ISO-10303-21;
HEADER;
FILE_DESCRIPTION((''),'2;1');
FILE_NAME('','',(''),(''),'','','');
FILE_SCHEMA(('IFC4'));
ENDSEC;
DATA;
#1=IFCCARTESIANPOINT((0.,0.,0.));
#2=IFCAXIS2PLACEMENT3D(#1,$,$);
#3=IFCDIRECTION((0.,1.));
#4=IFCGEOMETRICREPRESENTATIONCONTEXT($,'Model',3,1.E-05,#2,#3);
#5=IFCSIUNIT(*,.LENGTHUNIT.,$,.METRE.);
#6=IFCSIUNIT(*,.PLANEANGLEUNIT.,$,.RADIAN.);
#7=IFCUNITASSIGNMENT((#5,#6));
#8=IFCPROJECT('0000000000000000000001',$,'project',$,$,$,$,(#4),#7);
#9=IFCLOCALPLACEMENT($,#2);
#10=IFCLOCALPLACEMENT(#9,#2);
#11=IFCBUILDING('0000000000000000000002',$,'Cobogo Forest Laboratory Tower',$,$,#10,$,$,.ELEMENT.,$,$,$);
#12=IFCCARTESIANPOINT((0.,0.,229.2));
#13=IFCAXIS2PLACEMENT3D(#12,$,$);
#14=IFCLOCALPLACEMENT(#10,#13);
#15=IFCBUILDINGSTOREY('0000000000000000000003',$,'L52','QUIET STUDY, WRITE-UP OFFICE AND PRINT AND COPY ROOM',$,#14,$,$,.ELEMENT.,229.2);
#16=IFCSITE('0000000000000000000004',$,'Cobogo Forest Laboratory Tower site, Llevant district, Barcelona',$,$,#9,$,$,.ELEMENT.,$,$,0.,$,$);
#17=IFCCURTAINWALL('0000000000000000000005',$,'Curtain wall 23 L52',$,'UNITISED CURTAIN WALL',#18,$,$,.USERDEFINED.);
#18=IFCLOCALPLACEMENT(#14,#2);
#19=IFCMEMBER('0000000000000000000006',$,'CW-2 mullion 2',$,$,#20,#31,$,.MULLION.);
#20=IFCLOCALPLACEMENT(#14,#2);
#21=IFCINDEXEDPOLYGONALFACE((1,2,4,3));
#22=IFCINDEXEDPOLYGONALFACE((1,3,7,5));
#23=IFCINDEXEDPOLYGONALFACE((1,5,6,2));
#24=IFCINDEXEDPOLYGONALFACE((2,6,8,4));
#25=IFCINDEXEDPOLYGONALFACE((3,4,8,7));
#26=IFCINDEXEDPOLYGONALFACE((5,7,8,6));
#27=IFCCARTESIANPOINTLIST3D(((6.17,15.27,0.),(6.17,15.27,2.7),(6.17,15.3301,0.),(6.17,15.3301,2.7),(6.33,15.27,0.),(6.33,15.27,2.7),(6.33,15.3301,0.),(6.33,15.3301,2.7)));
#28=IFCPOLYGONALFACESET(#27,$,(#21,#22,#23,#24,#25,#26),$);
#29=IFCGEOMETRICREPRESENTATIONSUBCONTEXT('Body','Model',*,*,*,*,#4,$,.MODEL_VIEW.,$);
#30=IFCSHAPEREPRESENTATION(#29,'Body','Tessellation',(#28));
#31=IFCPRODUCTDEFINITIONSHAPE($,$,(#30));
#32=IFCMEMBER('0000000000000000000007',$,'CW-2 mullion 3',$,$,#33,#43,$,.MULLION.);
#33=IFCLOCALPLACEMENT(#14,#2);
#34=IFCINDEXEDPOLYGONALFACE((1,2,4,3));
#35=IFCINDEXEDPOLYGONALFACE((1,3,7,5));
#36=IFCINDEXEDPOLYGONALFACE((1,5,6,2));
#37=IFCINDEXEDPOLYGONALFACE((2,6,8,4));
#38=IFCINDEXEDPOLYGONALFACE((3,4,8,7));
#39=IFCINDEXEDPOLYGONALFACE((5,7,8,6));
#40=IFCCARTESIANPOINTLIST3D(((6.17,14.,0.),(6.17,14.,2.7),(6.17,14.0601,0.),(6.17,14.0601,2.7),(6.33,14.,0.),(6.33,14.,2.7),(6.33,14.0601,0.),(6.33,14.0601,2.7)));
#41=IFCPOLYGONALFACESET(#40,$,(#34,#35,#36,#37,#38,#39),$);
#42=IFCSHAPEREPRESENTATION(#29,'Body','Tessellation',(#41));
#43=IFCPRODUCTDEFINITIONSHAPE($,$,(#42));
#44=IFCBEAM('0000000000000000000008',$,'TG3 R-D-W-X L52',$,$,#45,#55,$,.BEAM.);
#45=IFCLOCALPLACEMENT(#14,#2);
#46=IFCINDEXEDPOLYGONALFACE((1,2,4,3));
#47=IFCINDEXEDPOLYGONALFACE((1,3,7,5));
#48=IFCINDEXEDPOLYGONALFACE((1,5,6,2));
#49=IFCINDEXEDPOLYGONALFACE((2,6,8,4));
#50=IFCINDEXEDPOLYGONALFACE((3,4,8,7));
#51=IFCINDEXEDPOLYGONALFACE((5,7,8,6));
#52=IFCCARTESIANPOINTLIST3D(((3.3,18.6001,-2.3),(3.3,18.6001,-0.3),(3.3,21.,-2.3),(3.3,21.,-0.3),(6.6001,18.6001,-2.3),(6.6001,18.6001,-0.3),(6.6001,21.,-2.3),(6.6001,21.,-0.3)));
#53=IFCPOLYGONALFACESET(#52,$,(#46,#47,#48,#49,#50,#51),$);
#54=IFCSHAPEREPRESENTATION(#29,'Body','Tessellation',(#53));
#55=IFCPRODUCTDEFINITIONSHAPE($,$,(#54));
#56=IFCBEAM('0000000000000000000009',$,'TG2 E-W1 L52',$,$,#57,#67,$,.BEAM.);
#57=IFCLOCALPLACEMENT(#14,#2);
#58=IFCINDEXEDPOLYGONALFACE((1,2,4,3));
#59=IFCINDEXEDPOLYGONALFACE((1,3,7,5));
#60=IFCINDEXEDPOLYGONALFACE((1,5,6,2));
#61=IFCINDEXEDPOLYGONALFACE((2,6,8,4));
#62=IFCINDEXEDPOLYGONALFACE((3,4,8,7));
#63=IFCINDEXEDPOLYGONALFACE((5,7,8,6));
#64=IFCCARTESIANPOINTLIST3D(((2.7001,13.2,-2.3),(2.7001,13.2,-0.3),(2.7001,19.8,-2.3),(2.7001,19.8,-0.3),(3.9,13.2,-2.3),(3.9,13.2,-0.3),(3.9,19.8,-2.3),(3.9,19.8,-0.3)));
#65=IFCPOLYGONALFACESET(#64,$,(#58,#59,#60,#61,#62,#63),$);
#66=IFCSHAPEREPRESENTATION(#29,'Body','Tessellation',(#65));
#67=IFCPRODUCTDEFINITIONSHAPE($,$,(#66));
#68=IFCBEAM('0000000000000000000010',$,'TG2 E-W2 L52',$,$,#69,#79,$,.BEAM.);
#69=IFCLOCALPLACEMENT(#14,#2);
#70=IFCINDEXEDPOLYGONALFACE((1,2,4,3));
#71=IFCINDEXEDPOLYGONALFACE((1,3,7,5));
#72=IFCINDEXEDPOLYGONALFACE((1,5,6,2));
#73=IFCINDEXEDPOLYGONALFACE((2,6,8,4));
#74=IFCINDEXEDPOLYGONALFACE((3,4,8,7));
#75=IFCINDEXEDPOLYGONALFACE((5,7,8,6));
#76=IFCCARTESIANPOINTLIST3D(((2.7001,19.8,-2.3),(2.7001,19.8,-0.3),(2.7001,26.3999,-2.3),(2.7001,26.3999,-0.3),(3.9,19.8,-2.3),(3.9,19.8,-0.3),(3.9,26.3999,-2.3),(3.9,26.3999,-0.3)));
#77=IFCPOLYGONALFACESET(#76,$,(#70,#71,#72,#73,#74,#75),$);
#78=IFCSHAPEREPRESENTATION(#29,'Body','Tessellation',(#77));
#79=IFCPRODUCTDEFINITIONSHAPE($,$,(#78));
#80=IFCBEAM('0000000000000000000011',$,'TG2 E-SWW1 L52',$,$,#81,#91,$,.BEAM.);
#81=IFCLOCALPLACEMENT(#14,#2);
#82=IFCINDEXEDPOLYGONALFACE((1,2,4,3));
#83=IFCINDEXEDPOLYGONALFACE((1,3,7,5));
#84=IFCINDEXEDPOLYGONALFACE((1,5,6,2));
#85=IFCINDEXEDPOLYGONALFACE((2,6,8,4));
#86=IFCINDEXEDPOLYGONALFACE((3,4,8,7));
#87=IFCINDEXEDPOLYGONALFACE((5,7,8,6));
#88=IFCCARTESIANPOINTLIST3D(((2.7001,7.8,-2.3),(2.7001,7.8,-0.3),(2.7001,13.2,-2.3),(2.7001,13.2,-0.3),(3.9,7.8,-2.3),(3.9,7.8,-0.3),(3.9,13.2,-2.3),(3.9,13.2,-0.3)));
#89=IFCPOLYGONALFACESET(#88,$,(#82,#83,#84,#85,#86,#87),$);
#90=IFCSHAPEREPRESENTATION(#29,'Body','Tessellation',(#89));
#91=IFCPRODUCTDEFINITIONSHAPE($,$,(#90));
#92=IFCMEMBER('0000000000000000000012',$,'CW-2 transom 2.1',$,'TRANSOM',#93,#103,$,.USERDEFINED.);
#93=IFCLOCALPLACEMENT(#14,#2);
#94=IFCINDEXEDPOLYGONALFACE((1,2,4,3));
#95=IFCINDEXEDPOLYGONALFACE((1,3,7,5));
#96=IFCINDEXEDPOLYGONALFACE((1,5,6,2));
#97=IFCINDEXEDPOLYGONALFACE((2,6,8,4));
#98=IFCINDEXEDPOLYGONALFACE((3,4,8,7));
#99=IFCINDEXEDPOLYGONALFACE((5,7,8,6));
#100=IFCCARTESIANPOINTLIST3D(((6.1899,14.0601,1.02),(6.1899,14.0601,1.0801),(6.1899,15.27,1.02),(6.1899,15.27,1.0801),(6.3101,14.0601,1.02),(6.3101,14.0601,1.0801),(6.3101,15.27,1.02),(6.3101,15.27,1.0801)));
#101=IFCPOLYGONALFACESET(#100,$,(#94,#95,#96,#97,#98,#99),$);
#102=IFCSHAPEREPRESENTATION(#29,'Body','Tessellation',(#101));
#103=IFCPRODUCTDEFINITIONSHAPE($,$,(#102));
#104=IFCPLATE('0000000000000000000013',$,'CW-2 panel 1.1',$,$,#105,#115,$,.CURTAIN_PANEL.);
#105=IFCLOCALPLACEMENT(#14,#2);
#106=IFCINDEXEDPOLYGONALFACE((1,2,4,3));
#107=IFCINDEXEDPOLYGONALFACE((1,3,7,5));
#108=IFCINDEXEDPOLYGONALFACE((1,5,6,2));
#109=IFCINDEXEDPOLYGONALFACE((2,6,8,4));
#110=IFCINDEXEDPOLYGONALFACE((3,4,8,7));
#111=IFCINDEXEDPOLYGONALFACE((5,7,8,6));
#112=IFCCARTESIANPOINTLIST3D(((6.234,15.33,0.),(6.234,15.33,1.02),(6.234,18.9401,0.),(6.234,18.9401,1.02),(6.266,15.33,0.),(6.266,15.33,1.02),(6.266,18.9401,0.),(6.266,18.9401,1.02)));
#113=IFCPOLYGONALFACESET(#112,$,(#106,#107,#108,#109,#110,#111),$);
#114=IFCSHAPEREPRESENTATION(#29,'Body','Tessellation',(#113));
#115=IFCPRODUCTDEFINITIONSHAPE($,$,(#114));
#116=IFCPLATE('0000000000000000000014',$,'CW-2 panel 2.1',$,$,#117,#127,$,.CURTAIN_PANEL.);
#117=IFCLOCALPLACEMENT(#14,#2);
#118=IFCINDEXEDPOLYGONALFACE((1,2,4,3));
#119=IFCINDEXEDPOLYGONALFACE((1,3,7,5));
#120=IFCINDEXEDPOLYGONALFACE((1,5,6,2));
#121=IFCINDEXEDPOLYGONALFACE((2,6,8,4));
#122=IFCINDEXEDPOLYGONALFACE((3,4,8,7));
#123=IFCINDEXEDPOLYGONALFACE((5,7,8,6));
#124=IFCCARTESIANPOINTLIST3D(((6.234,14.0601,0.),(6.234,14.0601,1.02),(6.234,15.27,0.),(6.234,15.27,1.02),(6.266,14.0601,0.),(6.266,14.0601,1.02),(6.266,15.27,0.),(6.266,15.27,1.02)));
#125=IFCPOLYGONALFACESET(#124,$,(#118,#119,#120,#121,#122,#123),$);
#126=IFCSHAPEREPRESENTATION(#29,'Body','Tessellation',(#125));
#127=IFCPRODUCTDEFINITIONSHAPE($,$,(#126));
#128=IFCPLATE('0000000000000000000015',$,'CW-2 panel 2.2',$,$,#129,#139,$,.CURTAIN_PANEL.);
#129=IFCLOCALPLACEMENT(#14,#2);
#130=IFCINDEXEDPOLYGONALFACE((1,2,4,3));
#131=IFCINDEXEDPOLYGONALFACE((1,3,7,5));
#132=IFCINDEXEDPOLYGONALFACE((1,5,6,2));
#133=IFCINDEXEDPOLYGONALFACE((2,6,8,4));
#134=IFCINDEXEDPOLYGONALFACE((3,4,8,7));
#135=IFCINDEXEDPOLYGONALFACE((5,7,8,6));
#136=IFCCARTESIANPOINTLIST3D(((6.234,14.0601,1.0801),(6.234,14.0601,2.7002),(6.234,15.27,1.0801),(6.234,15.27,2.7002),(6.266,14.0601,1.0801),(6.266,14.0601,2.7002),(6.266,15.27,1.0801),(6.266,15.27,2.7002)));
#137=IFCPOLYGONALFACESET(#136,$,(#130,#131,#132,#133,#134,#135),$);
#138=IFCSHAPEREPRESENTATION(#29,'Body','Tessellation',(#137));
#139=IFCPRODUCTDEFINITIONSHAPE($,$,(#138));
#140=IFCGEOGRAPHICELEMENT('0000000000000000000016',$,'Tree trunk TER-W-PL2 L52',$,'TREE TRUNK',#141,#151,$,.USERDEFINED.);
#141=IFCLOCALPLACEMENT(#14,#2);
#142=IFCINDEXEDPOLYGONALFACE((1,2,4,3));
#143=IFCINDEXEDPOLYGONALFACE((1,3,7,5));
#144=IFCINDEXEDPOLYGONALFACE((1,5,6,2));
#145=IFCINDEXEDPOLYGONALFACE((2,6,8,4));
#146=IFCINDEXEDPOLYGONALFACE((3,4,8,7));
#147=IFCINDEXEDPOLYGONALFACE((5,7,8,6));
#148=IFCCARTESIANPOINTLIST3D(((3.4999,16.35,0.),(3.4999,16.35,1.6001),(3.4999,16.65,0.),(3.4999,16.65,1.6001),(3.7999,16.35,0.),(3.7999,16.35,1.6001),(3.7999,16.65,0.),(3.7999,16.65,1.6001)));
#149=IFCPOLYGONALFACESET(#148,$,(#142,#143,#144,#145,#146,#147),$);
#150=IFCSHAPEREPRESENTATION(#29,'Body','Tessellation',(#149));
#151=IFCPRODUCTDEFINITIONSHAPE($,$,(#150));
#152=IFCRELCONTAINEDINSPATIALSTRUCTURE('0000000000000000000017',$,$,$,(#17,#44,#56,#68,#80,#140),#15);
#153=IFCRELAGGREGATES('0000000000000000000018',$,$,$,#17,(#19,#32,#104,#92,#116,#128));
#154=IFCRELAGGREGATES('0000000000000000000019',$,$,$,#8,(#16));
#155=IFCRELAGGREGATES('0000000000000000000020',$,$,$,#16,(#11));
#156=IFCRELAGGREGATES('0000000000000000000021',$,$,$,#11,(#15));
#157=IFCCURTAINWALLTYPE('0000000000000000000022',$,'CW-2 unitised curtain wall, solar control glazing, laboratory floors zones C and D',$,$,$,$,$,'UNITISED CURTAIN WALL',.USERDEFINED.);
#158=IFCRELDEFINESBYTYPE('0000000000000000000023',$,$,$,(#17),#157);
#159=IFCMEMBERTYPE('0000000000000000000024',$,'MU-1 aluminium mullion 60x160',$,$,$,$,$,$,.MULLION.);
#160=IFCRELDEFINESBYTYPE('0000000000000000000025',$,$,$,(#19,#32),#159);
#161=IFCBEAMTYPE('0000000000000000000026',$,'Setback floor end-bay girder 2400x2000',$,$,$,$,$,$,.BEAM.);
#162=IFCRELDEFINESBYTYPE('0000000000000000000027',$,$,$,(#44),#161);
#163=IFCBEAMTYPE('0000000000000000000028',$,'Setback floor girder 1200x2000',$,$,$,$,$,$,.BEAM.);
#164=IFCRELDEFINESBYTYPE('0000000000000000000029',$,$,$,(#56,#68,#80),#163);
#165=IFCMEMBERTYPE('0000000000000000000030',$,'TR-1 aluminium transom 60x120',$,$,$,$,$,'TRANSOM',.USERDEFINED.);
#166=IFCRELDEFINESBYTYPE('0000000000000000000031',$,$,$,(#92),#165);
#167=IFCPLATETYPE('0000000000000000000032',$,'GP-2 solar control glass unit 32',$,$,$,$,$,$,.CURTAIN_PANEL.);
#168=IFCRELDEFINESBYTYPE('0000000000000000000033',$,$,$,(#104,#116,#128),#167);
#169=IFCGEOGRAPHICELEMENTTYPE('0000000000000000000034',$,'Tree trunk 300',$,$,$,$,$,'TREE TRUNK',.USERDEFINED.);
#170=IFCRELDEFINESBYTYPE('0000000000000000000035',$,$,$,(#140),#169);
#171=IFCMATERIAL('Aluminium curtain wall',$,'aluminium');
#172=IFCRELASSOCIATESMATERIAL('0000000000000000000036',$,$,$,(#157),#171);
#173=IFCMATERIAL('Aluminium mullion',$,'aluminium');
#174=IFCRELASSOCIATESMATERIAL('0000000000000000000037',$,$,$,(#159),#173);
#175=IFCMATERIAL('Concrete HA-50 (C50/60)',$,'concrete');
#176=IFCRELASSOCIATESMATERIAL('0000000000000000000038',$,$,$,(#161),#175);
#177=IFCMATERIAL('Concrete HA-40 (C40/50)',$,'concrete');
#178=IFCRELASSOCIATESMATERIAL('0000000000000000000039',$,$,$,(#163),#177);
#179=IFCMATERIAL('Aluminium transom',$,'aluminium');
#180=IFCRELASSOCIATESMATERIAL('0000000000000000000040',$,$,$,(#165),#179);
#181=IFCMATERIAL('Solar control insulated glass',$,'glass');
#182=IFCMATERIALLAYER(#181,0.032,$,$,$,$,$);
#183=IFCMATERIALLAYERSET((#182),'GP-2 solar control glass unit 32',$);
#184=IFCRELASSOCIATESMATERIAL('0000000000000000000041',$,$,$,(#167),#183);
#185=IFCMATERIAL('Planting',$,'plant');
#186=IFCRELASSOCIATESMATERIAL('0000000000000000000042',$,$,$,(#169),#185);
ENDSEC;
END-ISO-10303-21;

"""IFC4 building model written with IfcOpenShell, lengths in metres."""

from ifc_helpers import new_model, si_unit, direction, frame, origin, origin_2d, place, context, subcontext, project, spatial, rectangle, extrude, material, layer, layer_set, material_profile, profile_set, type_object, element, aggregate, save


model = new_model("IFC4")

# Units and contexts
model_context = context("Model", 3, precision=1e-05, world=origin(), true_north=direction((0.0, 1.0)))
body_context = subcontext(model_context, "Body", "Model", "MODEL_VIEW")
ifc_project = project(units=[si_unit("LENGTHUNIT", "METRE"), si_unit("PLANEANGLEUNIT", "RADIAN")], contexts=[model_context])

# Site, building, storey
site_placement = place(None, origin())
site = spatial("IfcSite", under=ifc_project, at=site_placement, Name="Cobogo Forest Laboratory Tower site, Llevant district, Barcelona", CompositionType="ELEMENT", RefElevation=0.0)
building_placement = place(site_placement, origin())
building = spatial("IfcBuilding", under=site, at=building_placement, Name="Cobogo Forest Laboratory Tower", CompositionType="ELEMENT")
storey_placement = place(building_placement, frame((0.0, 0.0, 229.2)))
storey = spatial("IfcBuildingStorey", under=building, at=storey_placement, Name="L52", Description="QUIET STUDY, WRITE-UP OFFICE AND PRINT AND COPY ROOM", CompositionType="ELEMENT", Elevation=229.2)

# Curtain wall, members
ifc_material_1 = material(Name="Aluminium curtain wall", Category="aluminium")
curtain_wall_type = type_object("IfcCurtainWallType", Name="CW-2 unitised curtain wall, solar control glazing, laboratory floors zones C and D", ElementType="UNITISED CURTAIN WALL", PredefinedType="USERDEFINED", material=ifc_material_1)
curtain_wall_placement = place(storey_placement, origin())
curtain_wall = element("IfcCurtainWall", 1, at=curtain_wall_placement, inside=storey, type_object=curtain_wall_type, Name="Curtain wall 23 L52", ObjectType="UNITISED CURTAIN WALL", PredefinedType="USERDEFINED")
ifc_material_2 = material(Name="Aluminium mullion", Category="aluminium")
ifc_material_profile_1 = material_profile(ifc_material_2, rectangle(XDim=0.0601, YDim=0.1599, at=origin_2d()), Name="AL 60x160")
ifc_profile_set_1 = profile_set([ifc_material_profile_1], Name="Aluminium mullion")
member_type_1 = type_object("IfcMemberType", Name="MU-1 aluminium mullion 60x160", PredefinedType="MULLION", material=ifc_profile_set_1)
member_1_placement = place(storey_placement, frame((6.25, 15.3, 0.0), z_axis=(0.0, 0.0, 1.0), x_axis=(0.0, -1.0, 0.0)))
member_1 = element("IfcMember", 2, at=member_1_placement, type_object=member_type_1, Name="CW-2 mullion 2", PredefinedType="MULLION", context=body_context, shape_type="SweptSolid", body=[
    extrude(rectangle(XDim=0.0601, YDim=0.1599, at=origin_2d()), origin(), (0.0, 0.0, 1.0), 2.7),
])
member_2_placement = place(storey_placement, frame((6.25, 14.03, 0.0), z_axis=(0.0, 0.0, 1.0), x_axis=(0.0, -1.0, 0.0)))
member_2 = element("IfcMember", 3, at=member_2_placement, type_object=member_type_1, Name="CW-2 mullion 3", PredefinedType="MULLION", context=body_context, shape_type="SweptSolid", body=[
    extrude(rectangle(XDim=0.0601, YDim=0.1599, at=origin_2d()), origin(), (0.0, 0.0, 1.0), 2.7),
])

# Beams
ifc_material_3 = material(Name="Concrete HA-50 (C50/60)", Category="concrete")
ifc_material_profile_2 = material_profile(ifc_material_3, rectangle(XDim=2.3999, YDim=2.0, at=origin_2d()), Name="RC 2400x2000")
ifc_profile_set_2 = profile_set([ifc_material_profile_2], Name="Concrete HA-50 (C50/60)")
beam_type_1 = type_object("IfcBeamType", Name="Setback floor end-bay girder 2400x2000", PredefinedType="BEAM", material=ifc_profile_set_2)
beam_1_placement = place(storey_placement, frame((3.3, 19.8, -1.3), z_axis=(1.0, 0.0, 0.0), x_axis=(0.0, 1.0, 0.0)))
element("IfcBeam", 4, at=beam_1_placement, inside=storey, type_object=beam_type_1, Name="TG3 R-D-W-X L52", PredefinedType="BEAM", context=body_context, shape_type="SweptSolid", body=[
    extrude(rectangle(XDim=2.3999, YDim=2.0, at=origin_2d()), origin(), (0.0, 0.0, 1.0), 3.3),
])
ifc_material_4 = material(Name="Concrete HA-40 (C40/50)", Category="concrete")
ifc_material_profile_3 = material_profile(ifc_material_4, rectangle(XDim=1.2, YDim=2.0, at=origin_2d()), Name="RC 1200x2000")
ifc_profile_set_3 = profile_set([ifc_material_profile_3], Name="Concrete HA-40 (C40/50)")
beam_type_2 = type_object("IfcBeamType", Name="Setback floor girder 1200x2000", PredefinedType="BEAM", material=ifc_profile_set_3)
beam_2_placement = place(storey_placement, frame((3.3, 13.2, -1.3), z_axis=(0.0, 1.0, 0.0), x_axis=(-1.0, 0.0, 0.0)))
element("IfcBeam", 5, at=beam_2_placement, inside=storey, type_object=beam_type_2, Name="TG2 E-W1 L52", PredefinedType="BEAM", context=body_context, shape_type="SweptSolid", body=[
    extrude(rectangle(XDim=1.2, YDim=2.0, at=origin_2d()), origin(), (0.0, 0.0, 1.0), 6.6001),
])
beam_3_placement = place(storey_placement, frame((3.3, 19.8, -1.3), z_axis=(0.0, 1.0, 0.0), x_axis=(-1.0, 0.0, 0.0)))
element("IfcBeam", 6, at=beam_3_placement, inside=storey, type_object=beam_type_2, Name="TG2 E-W2 L52", PredefinedType="BEAM", context=body_context, shape_type="SweptSolid", body=[
    extrude(rectangle(XDim=1.2, YDim=2.0, at=origin_2d()), origin(), (0.0, 0.0, 1.0), 6.5999),
])
beam_4_placement = place(storey_placement, frame((3.3, 13.2, -1.3), z_axis=(0.0, -1.0, 0.0), x_axis=(1.0, 0.0, 0.0)))
element("IfcBeam", 7, at=beam_4_placement, inside=storey, type_object=beam_type_2, Name="TG2 E-SWW1 L52", PredefinedType="BEAM", context=body_context, shape_type="SweptSolid", body=[
    extrude(rectangle(XDim=1.2, YDim=2.0, at=origin_2d()), origin(), (0.0, 0.0, 1.0), 5.3999),
])

# Member
ifc_material_5 = material(Name="Aluminium transom", Category="aluminium")
ifc_material_profile_4 = material_profile(ifc_material_5, rectangle(XDim=0.1201, YDim=0.0601, at=origin_2d()), Name="AL 60x120")
ifc_profile_set_4 = profile_set([ifc_material_profile_4], Name="Aluminium transom")
member_type_2 = type_object("IfcMemberType", Name="TR-1 aluminium transom 60x120", ElementType="TRANSOM", PredefinedType="USERDEFINED", material=ifc_profile_set_4)
member_3_placement = place(storey_placement, frame((6.25, 15.27, 1.05), z_axis=(0.0, -1.0, 0.0), x_axis=(1.0, 0.0, 0.0)))
member_3 = element("IfcMember", 8, at=member_3_placement, type_object=member_type_2, Name="CW-2 transom 2.1", ObjectType="TRANSOM", PredefinedType="USERDEFINED", context=body_context, shape_type="SweptSolid", body=[
    extrude(rectangle(XDim=0.1201, YDim=0.0601, at=origin_2d()), origin(), (0.0, 0.0, 1.0), 1.21),
])

# Plates
ifc_material_6 = material(Name="Solar control insulated glass", Category="glass")
ifc_layer = layer(ifc_material_6, 0.032)
ifc_layer_set = layer_set([ifc_layer], Name="GP-2 solar control glass unit 32")
plate_type_1 = type_object("IfcPlateType", Name="GP-2 solar control glass unit 32", PredefinedType="CURTAIN_PANEL", material=ifc_layer_set)
plate_1_placement = place(storey_placement, frame((6.25, 17.135, 0.0), z_axis=(0.0, 0.0, 1.0), x_axis=(0.0, -1.0, 0.0)))
plate_1 = element("IfcPlate", 9, at=plate_1_placement, type_object=plate_type_1, Name="CW-2 panel 1.1", PredefinedType="CURTAIN_PANEL", context=body_context, shape_type="SweptSolid", body=[
    extrude(rectangle(XDim=3.6101, YDim=0.032, at=origin_2d()), origin(), (0.0, 0.0, 1.0), 1.02),
])
plate_2_placement = place(storey_placement, frame((6.25, 14.665, 0.0), z_axis=(0.0, 0.0, 1.0), x_axis=(0.0, -1.0, 0.0)))
plate_2 = element("IfcPlate", 10, at=plate_2_placement, type_object=plate_type_1, Name="CW-2 panel 2.1", PredefinedType="CURTAIN_PANEL", context=body_context, shape_type="SweptSolid", body=[
    extrude(rectangle(XDim=1.21, YDim=0.032, at=origin_2d()), origin(), (0.0, 0.0, 1.0), 1.02),
])
plate_3_placement = place(storey_placement, frame((6.25, 14.665, 1.0801), z_axis=(0.0, 0.0, 1.0), x_axis=(0.0, -1.0, 0.0)))
plate_3 = element("IfcPlate", 11, at=plate_3_placement, type_object=plate_type_1, Name="CW-2 panel 2.2", PredefinedType="CURTAIN_PANEL", context=body_context, shape_type="SweptSolid", body=[
    extrude(rectangle(XDim=1.21, YDim=0.032, at=origin_2d()), origin(), (0.0, 0.0, 1.0), 1.6201),
])
aggregate(curtain_wall, [member_1, member_2, plate_1, member_3, plate_2, plate_3])

# Geographic element
ifc_material_7 = material(Name="Planting", Category="plant")
geographic_element_type = type_object("IfcGeographicElementType", Name="Tree trunk 300", ElementType="TREE TRUNK", PredefinedType="USERDEFINED", material=ifc_material_7)
geographic_element_placement = place(storey_placement, frame((3.6499, 16.5, 0.0), z_axis=(0.0, 0.0, 1.0), x_axis=(1.0, 0.0, 0.0)))
element("IfcGeographicElement", 12, at=geographic_element_placement, inside=storey, type_object=geographic_element_type, Name="Tree trunk TER-W-PL2 L52", ObjectType="TREE TRUNK", PredefinedType="USERDEFINED", context=body_context, shape_type="SweptSolid", body=[
    extrude(rectangle(XDim=0.3, YDim=0.3, at=origin_2d()), origin(), (0.0, 0.0, 1.0), 1.6001),
])

save(model, "model.ifc")
